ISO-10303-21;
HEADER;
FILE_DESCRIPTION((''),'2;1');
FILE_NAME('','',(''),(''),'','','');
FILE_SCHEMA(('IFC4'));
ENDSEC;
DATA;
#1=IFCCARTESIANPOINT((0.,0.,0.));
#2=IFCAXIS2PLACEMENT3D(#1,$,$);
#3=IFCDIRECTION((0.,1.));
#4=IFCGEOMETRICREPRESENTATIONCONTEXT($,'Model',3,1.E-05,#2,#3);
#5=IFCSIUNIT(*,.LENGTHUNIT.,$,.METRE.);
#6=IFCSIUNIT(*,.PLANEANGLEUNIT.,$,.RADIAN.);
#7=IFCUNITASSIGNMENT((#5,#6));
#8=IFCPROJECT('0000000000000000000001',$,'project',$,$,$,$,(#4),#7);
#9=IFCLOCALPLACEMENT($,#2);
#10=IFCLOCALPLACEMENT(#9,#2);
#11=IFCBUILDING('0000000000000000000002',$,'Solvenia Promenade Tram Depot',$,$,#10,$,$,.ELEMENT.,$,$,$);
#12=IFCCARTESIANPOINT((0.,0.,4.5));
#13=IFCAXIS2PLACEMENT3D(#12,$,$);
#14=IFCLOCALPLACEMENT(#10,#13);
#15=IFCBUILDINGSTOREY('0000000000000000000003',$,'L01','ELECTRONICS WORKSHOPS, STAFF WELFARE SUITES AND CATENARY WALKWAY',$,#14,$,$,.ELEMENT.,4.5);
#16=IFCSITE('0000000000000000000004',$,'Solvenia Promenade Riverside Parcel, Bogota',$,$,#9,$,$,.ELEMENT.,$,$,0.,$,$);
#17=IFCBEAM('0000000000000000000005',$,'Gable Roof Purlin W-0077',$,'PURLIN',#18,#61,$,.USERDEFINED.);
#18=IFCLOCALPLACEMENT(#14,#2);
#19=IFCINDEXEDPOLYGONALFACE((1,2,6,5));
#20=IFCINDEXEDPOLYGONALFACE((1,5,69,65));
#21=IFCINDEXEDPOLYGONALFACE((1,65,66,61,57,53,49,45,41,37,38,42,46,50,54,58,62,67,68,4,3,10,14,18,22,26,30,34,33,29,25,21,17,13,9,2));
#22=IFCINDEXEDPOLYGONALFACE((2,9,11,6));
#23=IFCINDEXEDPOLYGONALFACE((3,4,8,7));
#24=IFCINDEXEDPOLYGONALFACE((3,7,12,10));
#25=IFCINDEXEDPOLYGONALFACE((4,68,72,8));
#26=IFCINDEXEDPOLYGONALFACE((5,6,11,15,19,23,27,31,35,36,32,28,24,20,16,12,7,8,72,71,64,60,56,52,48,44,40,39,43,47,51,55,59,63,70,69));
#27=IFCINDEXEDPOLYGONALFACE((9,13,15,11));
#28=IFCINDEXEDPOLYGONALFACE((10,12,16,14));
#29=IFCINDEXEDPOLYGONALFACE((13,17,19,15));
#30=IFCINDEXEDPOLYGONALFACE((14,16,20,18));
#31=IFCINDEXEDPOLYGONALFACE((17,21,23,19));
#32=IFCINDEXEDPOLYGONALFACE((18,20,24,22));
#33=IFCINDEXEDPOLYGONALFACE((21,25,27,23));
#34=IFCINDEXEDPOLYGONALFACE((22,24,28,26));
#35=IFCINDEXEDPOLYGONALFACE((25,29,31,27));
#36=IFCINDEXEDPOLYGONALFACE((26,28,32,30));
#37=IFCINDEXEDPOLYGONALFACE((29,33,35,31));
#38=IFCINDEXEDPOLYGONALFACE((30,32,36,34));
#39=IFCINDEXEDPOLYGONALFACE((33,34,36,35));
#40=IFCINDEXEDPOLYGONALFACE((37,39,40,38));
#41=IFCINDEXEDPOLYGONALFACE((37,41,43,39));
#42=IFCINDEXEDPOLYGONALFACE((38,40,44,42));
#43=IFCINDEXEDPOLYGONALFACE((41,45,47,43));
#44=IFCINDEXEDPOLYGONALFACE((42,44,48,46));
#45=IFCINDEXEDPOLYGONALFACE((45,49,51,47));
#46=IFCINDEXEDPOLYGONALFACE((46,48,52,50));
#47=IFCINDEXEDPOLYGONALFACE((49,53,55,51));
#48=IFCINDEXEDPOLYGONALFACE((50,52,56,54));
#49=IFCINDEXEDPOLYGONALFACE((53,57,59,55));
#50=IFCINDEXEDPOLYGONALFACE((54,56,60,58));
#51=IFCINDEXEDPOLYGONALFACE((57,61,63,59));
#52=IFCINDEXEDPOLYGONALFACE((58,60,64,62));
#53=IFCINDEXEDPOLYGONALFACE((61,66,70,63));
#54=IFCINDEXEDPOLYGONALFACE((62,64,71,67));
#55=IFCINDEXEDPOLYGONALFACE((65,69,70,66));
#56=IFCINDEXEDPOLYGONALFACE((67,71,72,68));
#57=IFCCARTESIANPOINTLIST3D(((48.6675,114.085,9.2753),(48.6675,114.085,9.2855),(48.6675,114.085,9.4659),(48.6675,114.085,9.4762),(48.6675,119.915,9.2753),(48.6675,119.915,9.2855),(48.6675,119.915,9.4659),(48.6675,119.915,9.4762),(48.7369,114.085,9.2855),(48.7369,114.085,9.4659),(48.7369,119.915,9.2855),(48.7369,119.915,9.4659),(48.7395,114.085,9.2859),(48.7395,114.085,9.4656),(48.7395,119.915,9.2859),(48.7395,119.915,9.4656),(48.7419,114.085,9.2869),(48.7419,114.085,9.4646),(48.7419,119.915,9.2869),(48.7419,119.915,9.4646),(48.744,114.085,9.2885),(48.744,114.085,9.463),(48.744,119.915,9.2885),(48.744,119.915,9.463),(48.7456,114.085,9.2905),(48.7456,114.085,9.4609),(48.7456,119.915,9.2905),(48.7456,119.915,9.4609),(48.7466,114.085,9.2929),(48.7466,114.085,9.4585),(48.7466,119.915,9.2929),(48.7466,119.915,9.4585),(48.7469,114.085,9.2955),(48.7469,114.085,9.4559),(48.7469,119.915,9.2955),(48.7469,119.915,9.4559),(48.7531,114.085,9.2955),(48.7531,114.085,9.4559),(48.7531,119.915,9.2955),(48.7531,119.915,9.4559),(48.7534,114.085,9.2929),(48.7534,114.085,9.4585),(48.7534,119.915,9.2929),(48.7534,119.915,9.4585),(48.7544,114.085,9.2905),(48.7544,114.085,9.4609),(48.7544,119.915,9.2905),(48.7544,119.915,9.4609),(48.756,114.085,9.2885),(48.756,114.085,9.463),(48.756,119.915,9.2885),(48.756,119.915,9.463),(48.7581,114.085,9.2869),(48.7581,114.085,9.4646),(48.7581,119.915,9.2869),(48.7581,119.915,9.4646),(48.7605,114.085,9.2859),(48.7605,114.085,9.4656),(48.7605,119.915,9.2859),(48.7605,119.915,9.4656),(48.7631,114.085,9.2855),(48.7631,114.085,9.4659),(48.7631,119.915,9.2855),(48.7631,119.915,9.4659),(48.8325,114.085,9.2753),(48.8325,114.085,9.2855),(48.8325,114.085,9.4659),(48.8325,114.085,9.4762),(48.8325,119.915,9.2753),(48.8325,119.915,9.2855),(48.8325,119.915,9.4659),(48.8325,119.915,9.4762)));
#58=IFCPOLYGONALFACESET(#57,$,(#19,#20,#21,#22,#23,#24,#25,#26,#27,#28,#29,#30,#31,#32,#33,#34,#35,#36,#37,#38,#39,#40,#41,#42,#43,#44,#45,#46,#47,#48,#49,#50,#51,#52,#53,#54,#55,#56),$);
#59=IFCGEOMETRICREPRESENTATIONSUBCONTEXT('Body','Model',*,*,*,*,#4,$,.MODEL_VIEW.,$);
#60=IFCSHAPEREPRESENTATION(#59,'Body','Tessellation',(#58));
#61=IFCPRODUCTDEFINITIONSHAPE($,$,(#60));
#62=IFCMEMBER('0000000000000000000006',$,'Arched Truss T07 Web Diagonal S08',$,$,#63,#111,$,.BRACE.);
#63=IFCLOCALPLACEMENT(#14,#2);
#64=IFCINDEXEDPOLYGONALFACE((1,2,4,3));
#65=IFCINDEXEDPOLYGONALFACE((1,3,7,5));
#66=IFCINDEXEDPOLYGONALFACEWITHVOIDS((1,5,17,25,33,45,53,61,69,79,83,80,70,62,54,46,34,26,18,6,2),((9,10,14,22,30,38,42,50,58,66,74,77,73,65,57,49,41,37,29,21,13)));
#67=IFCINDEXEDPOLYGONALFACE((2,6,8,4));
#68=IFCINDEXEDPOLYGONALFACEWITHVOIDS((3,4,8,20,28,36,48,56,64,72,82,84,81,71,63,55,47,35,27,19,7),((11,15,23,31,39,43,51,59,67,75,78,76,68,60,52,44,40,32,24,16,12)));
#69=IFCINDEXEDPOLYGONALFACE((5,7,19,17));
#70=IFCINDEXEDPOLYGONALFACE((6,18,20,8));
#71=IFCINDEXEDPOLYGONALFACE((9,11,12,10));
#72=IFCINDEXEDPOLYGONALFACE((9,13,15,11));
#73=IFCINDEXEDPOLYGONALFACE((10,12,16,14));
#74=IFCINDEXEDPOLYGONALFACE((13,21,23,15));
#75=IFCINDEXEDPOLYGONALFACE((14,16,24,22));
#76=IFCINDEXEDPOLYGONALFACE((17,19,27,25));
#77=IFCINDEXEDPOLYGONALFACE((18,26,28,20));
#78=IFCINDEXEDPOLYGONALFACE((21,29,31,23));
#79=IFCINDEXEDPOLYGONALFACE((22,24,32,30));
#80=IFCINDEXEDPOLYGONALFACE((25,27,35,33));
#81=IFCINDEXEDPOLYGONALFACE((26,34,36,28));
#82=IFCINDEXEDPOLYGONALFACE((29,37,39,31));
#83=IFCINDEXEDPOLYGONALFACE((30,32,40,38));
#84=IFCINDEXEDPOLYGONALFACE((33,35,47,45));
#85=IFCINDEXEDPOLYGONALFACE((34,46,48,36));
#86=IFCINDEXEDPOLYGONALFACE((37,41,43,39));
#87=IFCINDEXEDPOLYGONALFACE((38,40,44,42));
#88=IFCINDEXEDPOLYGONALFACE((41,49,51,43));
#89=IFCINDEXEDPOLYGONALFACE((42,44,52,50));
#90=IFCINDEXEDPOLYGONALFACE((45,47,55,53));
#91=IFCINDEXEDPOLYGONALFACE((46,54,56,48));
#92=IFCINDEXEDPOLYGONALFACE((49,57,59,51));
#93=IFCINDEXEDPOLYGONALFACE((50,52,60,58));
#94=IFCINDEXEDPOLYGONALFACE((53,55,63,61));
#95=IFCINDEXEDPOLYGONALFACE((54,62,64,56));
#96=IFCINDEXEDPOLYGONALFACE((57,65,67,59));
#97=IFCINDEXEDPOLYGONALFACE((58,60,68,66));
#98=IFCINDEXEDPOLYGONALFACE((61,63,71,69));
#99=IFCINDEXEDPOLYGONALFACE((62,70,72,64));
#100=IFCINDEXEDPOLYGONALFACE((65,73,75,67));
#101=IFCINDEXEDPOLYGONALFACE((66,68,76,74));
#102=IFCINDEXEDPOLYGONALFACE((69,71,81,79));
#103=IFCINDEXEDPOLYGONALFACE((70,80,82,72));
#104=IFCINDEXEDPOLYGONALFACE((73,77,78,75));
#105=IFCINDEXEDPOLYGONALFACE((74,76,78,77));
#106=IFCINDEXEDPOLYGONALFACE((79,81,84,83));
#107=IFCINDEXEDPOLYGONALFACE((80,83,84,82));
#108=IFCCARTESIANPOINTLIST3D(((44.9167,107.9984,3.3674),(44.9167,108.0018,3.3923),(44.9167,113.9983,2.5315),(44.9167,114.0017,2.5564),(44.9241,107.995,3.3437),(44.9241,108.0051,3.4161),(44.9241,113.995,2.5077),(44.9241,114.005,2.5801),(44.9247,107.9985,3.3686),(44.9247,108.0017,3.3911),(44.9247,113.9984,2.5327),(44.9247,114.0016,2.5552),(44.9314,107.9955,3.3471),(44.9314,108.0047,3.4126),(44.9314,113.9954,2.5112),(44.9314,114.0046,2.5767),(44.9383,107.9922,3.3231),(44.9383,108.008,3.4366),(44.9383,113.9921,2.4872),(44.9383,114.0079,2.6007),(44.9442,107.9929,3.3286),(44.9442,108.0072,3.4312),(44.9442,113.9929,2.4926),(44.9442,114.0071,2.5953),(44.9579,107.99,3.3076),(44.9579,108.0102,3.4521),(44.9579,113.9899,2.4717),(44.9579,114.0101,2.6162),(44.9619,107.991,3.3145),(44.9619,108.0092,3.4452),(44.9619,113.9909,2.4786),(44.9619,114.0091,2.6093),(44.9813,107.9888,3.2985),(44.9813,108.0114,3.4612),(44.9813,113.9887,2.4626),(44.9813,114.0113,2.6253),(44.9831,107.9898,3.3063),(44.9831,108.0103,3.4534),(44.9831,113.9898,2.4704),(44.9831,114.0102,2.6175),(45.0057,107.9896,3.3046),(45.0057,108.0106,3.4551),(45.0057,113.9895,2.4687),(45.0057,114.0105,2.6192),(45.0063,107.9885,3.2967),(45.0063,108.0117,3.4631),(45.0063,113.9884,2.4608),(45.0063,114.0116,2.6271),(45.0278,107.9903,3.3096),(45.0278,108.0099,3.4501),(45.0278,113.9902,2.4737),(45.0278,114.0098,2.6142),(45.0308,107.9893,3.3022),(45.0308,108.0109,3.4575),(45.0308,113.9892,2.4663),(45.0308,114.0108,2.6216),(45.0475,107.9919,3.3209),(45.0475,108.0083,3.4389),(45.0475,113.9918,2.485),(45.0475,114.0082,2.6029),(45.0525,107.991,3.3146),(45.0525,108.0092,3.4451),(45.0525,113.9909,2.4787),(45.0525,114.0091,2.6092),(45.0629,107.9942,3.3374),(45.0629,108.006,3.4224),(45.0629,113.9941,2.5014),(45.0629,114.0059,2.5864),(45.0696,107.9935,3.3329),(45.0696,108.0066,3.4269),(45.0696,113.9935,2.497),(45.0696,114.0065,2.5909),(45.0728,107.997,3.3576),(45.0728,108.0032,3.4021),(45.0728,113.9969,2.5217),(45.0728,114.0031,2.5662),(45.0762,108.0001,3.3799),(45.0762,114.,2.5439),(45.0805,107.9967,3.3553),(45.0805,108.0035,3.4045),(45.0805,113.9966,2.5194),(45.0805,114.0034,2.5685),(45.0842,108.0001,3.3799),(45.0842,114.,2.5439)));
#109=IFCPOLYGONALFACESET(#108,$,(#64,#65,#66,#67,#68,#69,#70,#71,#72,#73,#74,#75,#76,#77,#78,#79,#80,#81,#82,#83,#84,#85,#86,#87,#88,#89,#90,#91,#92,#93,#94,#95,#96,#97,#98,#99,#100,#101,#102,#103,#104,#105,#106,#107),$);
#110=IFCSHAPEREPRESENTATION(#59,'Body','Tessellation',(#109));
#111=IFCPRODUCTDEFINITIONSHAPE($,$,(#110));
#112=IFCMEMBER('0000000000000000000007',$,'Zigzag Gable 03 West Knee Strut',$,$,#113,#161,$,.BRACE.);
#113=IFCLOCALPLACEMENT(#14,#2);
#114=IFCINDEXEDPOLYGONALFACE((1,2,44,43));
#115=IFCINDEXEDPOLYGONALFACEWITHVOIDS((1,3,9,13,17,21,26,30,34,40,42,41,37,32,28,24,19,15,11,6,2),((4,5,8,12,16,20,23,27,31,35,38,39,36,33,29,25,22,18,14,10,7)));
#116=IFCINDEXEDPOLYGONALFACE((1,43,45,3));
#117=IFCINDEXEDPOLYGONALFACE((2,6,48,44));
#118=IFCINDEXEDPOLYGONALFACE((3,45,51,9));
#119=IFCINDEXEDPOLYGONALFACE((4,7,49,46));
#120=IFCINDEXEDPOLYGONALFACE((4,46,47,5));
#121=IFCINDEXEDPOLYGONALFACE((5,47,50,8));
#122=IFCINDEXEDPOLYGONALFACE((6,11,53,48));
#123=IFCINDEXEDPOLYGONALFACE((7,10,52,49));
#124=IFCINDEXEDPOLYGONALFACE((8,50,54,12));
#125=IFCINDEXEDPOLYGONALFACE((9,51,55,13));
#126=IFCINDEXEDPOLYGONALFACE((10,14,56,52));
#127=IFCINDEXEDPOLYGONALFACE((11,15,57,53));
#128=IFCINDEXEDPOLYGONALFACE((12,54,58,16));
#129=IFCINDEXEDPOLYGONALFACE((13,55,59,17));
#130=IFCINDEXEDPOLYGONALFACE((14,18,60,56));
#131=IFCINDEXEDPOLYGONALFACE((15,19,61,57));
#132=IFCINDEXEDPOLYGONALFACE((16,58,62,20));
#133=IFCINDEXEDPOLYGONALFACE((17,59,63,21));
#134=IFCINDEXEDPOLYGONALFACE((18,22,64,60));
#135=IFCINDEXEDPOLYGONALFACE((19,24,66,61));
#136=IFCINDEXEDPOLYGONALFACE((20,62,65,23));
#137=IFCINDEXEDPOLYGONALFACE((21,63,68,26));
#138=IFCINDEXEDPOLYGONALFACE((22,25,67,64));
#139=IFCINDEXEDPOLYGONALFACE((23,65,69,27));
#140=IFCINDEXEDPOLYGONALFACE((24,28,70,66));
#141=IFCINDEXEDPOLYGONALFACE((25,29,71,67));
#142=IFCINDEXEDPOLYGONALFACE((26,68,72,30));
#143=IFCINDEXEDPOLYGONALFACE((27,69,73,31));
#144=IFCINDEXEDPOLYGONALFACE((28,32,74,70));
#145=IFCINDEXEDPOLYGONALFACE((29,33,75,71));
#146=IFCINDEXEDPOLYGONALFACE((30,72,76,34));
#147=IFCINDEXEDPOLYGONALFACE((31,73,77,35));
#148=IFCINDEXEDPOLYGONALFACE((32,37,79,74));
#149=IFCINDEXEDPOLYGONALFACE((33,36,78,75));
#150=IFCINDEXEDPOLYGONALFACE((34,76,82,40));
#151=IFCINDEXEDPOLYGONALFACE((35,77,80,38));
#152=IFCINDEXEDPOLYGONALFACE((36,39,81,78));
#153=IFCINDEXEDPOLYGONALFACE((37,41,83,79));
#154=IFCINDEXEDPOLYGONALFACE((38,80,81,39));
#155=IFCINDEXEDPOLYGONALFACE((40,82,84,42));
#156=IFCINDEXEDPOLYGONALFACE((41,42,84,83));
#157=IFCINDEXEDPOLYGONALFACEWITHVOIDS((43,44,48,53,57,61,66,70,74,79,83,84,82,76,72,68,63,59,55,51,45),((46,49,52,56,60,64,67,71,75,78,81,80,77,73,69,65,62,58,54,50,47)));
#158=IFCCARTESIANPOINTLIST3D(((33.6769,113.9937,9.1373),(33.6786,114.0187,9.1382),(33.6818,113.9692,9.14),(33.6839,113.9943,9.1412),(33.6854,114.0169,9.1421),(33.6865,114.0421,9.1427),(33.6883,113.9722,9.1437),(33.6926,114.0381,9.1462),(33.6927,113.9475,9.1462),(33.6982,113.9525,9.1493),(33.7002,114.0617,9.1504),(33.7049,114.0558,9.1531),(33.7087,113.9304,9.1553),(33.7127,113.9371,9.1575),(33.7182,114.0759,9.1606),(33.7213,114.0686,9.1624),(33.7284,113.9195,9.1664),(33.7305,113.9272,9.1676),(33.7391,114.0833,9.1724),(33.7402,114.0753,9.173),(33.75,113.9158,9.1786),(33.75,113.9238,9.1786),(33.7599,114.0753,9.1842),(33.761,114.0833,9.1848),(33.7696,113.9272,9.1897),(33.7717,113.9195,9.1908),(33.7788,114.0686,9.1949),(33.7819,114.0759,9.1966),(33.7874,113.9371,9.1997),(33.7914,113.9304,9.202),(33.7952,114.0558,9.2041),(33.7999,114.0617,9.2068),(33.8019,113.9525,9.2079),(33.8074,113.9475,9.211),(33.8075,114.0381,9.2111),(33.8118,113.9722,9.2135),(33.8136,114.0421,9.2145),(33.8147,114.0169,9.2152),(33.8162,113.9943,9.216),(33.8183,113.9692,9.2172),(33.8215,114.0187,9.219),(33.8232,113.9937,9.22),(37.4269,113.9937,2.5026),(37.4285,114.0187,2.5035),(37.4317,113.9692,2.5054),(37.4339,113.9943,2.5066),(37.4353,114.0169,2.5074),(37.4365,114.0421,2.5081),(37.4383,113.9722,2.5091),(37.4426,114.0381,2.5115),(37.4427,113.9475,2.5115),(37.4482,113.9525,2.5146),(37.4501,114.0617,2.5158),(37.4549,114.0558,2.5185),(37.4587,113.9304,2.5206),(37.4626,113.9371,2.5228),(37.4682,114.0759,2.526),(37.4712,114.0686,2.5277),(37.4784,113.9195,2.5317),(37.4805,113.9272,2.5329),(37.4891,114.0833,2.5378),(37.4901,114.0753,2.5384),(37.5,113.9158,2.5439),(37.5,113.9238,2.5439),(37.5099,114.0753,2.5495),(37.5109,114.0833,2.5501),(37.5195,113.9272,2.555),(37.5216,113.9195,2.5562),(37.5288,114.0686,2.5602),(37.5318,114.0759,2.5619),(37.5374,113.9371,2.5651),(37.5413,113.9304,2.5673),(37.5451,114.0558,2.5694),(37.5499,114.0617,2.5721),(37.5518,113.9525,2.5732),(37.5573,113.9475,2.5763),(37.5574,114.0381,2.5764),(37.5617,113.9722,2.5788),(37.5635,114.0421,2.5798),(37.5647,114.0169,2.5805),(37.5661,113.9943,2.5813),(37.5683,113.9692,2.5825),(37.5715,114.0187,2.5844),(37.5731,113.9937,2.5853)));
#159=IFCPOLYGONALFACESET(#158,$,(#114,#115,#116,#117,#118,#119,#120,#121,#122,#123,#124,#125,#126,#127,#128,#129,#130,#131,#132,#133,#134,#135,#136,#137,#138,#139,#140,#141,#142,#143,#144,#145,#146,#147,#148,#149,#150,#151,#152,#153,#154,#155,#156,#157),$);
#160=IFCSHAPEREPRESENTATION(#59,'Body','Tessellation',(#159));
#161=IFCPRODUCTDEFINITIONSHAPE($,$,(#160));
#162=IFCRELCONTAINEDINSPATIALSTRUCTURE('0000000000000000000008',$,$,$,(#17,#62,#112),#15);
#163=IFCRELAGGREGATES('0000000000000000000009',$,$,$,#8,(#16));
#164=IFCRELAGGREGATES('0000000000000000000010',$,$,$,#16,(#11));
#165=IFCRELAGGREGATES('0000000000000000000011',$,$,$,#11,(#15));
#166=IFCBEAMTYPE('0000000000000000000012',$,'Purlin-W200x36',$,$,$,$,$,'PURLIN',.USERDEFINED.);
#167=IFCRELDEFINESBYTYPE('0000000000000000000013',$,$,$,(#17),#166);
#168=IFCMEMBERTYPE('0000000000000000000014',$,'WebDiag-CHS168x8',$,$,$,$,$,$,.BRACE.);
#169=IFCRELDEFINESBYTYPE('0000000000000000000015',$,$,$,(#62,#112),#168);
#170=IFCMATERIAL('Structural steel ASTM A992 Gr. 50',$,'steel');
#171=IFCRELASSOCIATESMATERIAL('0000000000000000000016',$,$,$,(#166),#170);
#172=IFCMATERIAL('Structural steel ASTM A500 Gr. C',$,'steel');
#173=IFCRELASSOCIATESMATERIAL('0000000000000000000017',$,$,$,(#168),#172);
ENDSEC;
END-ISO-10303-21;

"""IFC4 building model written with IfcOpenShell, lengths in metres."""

from ifc_helpers import new_model, si_unit, direction, frame, origin, origin_2d, place, context, subcontext, project, spatial, hollow_circle, i_section, extrude, material, material_profile, profile_set, type_object, element, save


model = new_model("IFC4")

# Units and contexts
model_context = context("Model", 3, precision=1e-05, world=origin(), true_north=direction((0.0, 1.0)))
body_context = subcontext(model_context, "Body", "Model", "MODEL_VIEW")
ifc_project = project(units=[si_unit("LENGTHUNIT", "METRE"), si_unit("PLANEANGLEUNIT", "RADIAN")], contexts=[model_context])

# Site, building, storey
site_placement = place(None, origin())
site = spatial("IfcSite", under=ifc_project, at=site_placement, Name="Solvenia Promenade Riverside Parcel, Bogota", CompositionType="ELEMENT", RefElevation=0.0)
building_placement = place(site_placement, origin())
building = spatial("IfcBuilding", under=site, at=building_placement, Name="Solvenia Promenade Tram Depot", CompositionType="ELEMENT")
storey_placement = place(building_placement, frame((0.0, 0.0, 4.5)))
storey = spatial("IfcBuildingStorey", under=building, at=storey_placement, Name="L01", Description="ELECTRONICS WORKSHOPS, STAFF WELFARE SUITES AND CATENARY WALKWAY", CompositionType="ELEMENT", Elevation=4.5)

# Shared definitions
ifc_material_1 = material(Name="Structural steel ASTM A500 Gr. C", Category="steel")

# Beam
ifc_material_2 = material(Name="Structural steel ASTM A992 Gr. 50", Category="steel")
ifc_material_profile_1 = material_profile(ifc_material_2, i_section(OverallWidth=0.165, OverallDepth=0.2009, WebThickness=0.0061, FlangeThickness=0.0103, FilletRadius=0.01, at=origin_2d()), Name="W200x36", Category="steel")
ifc_profile_set_1 = profile_set([ifc_material_profile_1], Name="Structural steel ASTM A992 Gr. 50")
beam_type_1 = type_object("IfcBeamType", Name="Purlin-W200x36", ElementType="PURLIN", PredefinedType="USERDEFINED", material=ifc_profile_set_1)
for number, where, z_axis, x_axis, name in (
    (1, (48.75, 114.085, 9.3757), (0.0, 1.0, 0.0), (-1.0, 0.0, 0.0), "Gable Roof Purlin W-0077"),
):
    element("IfcBeam", number, at=place(storey_placement, frame(where, z_axis=z_axis, x_axis=x_axis)), inside=storey, type_object=beam_type_1, Name=name, ObjectType="PURLIN", PredefinedType="USERDEFINED", context=body_context, shape_type="SweptSolid", body=[
        extrude(i_section(OverallWidth=0.165, OverallDepth=0.2009, WebThickness=0.0061, FlangeThickness=0.0103, FilletRadius=0.01, at=origin_2d()), origin(), (0.0, 0.0, 1.0), 5.8301),
    ])

# Members
ifc_material_profile_2 = material_profile(ifc_material_1, hollow_circle(Radius=0.0842, WallThickness=0.0081, at=origin_2d()), Name="CHS168.3x8", Category="steel")
ifc_profile_set_2 = profile_set([ifc_material_profile_2], Name="Structural steel ASTM A500 Gr. C")
member_type_1 = type_object("IfcMemberType", Name="WebDiag-CHS168x8", PredefinedType="BRACE", material=ifc_profile_set_2)
member_1_placement = place(storey_placement, frame((45.0, 114.0, 2.5439), z_axis=(0.0, -0.990434, 0.13799), x_axis=(1.0, 0.0, 0.0)))
element("IfcMember", 2, at=member_1_placement, inside=storey, type_object=member_type_1, Name="Arched Truss T07 Web Diagonal S08", PredefinedType="BRACE", context=body_context, shape_type="SweptSolid", body=[
    extrude(hollow_circle(Radius=0.0842, WallThickness=0.0081, at=origin_2d()), origin(), (0.0, 0.0, 1.0), 6.0579),
])
for number, where, z_axis, x_axis, name in (
    (3, (37.5, 114.0, 2.5439), (-0.492049, 0.0, 0.870568), (0.0, -1.0, 0.0), "Zigzag Gable 03 West Knee Strut"),
):
    element("IfcMember", number, at=place(storey_placement, frame(where, z_axis=z_axis, x_axis=x_axis)), inside=storey, type_object=member_type_1, Name=name, PredefinedType="BRACE", context=body_context, shape_type="SweptSolid", body=[
        extrude(hollow_circle(Radius=0.0842, WallThickness=0.0081, at=origin_2d()), origin(), (0.0, 0.0, 1.0), 7.6211),
    ])

save(model, "model.ifc")
